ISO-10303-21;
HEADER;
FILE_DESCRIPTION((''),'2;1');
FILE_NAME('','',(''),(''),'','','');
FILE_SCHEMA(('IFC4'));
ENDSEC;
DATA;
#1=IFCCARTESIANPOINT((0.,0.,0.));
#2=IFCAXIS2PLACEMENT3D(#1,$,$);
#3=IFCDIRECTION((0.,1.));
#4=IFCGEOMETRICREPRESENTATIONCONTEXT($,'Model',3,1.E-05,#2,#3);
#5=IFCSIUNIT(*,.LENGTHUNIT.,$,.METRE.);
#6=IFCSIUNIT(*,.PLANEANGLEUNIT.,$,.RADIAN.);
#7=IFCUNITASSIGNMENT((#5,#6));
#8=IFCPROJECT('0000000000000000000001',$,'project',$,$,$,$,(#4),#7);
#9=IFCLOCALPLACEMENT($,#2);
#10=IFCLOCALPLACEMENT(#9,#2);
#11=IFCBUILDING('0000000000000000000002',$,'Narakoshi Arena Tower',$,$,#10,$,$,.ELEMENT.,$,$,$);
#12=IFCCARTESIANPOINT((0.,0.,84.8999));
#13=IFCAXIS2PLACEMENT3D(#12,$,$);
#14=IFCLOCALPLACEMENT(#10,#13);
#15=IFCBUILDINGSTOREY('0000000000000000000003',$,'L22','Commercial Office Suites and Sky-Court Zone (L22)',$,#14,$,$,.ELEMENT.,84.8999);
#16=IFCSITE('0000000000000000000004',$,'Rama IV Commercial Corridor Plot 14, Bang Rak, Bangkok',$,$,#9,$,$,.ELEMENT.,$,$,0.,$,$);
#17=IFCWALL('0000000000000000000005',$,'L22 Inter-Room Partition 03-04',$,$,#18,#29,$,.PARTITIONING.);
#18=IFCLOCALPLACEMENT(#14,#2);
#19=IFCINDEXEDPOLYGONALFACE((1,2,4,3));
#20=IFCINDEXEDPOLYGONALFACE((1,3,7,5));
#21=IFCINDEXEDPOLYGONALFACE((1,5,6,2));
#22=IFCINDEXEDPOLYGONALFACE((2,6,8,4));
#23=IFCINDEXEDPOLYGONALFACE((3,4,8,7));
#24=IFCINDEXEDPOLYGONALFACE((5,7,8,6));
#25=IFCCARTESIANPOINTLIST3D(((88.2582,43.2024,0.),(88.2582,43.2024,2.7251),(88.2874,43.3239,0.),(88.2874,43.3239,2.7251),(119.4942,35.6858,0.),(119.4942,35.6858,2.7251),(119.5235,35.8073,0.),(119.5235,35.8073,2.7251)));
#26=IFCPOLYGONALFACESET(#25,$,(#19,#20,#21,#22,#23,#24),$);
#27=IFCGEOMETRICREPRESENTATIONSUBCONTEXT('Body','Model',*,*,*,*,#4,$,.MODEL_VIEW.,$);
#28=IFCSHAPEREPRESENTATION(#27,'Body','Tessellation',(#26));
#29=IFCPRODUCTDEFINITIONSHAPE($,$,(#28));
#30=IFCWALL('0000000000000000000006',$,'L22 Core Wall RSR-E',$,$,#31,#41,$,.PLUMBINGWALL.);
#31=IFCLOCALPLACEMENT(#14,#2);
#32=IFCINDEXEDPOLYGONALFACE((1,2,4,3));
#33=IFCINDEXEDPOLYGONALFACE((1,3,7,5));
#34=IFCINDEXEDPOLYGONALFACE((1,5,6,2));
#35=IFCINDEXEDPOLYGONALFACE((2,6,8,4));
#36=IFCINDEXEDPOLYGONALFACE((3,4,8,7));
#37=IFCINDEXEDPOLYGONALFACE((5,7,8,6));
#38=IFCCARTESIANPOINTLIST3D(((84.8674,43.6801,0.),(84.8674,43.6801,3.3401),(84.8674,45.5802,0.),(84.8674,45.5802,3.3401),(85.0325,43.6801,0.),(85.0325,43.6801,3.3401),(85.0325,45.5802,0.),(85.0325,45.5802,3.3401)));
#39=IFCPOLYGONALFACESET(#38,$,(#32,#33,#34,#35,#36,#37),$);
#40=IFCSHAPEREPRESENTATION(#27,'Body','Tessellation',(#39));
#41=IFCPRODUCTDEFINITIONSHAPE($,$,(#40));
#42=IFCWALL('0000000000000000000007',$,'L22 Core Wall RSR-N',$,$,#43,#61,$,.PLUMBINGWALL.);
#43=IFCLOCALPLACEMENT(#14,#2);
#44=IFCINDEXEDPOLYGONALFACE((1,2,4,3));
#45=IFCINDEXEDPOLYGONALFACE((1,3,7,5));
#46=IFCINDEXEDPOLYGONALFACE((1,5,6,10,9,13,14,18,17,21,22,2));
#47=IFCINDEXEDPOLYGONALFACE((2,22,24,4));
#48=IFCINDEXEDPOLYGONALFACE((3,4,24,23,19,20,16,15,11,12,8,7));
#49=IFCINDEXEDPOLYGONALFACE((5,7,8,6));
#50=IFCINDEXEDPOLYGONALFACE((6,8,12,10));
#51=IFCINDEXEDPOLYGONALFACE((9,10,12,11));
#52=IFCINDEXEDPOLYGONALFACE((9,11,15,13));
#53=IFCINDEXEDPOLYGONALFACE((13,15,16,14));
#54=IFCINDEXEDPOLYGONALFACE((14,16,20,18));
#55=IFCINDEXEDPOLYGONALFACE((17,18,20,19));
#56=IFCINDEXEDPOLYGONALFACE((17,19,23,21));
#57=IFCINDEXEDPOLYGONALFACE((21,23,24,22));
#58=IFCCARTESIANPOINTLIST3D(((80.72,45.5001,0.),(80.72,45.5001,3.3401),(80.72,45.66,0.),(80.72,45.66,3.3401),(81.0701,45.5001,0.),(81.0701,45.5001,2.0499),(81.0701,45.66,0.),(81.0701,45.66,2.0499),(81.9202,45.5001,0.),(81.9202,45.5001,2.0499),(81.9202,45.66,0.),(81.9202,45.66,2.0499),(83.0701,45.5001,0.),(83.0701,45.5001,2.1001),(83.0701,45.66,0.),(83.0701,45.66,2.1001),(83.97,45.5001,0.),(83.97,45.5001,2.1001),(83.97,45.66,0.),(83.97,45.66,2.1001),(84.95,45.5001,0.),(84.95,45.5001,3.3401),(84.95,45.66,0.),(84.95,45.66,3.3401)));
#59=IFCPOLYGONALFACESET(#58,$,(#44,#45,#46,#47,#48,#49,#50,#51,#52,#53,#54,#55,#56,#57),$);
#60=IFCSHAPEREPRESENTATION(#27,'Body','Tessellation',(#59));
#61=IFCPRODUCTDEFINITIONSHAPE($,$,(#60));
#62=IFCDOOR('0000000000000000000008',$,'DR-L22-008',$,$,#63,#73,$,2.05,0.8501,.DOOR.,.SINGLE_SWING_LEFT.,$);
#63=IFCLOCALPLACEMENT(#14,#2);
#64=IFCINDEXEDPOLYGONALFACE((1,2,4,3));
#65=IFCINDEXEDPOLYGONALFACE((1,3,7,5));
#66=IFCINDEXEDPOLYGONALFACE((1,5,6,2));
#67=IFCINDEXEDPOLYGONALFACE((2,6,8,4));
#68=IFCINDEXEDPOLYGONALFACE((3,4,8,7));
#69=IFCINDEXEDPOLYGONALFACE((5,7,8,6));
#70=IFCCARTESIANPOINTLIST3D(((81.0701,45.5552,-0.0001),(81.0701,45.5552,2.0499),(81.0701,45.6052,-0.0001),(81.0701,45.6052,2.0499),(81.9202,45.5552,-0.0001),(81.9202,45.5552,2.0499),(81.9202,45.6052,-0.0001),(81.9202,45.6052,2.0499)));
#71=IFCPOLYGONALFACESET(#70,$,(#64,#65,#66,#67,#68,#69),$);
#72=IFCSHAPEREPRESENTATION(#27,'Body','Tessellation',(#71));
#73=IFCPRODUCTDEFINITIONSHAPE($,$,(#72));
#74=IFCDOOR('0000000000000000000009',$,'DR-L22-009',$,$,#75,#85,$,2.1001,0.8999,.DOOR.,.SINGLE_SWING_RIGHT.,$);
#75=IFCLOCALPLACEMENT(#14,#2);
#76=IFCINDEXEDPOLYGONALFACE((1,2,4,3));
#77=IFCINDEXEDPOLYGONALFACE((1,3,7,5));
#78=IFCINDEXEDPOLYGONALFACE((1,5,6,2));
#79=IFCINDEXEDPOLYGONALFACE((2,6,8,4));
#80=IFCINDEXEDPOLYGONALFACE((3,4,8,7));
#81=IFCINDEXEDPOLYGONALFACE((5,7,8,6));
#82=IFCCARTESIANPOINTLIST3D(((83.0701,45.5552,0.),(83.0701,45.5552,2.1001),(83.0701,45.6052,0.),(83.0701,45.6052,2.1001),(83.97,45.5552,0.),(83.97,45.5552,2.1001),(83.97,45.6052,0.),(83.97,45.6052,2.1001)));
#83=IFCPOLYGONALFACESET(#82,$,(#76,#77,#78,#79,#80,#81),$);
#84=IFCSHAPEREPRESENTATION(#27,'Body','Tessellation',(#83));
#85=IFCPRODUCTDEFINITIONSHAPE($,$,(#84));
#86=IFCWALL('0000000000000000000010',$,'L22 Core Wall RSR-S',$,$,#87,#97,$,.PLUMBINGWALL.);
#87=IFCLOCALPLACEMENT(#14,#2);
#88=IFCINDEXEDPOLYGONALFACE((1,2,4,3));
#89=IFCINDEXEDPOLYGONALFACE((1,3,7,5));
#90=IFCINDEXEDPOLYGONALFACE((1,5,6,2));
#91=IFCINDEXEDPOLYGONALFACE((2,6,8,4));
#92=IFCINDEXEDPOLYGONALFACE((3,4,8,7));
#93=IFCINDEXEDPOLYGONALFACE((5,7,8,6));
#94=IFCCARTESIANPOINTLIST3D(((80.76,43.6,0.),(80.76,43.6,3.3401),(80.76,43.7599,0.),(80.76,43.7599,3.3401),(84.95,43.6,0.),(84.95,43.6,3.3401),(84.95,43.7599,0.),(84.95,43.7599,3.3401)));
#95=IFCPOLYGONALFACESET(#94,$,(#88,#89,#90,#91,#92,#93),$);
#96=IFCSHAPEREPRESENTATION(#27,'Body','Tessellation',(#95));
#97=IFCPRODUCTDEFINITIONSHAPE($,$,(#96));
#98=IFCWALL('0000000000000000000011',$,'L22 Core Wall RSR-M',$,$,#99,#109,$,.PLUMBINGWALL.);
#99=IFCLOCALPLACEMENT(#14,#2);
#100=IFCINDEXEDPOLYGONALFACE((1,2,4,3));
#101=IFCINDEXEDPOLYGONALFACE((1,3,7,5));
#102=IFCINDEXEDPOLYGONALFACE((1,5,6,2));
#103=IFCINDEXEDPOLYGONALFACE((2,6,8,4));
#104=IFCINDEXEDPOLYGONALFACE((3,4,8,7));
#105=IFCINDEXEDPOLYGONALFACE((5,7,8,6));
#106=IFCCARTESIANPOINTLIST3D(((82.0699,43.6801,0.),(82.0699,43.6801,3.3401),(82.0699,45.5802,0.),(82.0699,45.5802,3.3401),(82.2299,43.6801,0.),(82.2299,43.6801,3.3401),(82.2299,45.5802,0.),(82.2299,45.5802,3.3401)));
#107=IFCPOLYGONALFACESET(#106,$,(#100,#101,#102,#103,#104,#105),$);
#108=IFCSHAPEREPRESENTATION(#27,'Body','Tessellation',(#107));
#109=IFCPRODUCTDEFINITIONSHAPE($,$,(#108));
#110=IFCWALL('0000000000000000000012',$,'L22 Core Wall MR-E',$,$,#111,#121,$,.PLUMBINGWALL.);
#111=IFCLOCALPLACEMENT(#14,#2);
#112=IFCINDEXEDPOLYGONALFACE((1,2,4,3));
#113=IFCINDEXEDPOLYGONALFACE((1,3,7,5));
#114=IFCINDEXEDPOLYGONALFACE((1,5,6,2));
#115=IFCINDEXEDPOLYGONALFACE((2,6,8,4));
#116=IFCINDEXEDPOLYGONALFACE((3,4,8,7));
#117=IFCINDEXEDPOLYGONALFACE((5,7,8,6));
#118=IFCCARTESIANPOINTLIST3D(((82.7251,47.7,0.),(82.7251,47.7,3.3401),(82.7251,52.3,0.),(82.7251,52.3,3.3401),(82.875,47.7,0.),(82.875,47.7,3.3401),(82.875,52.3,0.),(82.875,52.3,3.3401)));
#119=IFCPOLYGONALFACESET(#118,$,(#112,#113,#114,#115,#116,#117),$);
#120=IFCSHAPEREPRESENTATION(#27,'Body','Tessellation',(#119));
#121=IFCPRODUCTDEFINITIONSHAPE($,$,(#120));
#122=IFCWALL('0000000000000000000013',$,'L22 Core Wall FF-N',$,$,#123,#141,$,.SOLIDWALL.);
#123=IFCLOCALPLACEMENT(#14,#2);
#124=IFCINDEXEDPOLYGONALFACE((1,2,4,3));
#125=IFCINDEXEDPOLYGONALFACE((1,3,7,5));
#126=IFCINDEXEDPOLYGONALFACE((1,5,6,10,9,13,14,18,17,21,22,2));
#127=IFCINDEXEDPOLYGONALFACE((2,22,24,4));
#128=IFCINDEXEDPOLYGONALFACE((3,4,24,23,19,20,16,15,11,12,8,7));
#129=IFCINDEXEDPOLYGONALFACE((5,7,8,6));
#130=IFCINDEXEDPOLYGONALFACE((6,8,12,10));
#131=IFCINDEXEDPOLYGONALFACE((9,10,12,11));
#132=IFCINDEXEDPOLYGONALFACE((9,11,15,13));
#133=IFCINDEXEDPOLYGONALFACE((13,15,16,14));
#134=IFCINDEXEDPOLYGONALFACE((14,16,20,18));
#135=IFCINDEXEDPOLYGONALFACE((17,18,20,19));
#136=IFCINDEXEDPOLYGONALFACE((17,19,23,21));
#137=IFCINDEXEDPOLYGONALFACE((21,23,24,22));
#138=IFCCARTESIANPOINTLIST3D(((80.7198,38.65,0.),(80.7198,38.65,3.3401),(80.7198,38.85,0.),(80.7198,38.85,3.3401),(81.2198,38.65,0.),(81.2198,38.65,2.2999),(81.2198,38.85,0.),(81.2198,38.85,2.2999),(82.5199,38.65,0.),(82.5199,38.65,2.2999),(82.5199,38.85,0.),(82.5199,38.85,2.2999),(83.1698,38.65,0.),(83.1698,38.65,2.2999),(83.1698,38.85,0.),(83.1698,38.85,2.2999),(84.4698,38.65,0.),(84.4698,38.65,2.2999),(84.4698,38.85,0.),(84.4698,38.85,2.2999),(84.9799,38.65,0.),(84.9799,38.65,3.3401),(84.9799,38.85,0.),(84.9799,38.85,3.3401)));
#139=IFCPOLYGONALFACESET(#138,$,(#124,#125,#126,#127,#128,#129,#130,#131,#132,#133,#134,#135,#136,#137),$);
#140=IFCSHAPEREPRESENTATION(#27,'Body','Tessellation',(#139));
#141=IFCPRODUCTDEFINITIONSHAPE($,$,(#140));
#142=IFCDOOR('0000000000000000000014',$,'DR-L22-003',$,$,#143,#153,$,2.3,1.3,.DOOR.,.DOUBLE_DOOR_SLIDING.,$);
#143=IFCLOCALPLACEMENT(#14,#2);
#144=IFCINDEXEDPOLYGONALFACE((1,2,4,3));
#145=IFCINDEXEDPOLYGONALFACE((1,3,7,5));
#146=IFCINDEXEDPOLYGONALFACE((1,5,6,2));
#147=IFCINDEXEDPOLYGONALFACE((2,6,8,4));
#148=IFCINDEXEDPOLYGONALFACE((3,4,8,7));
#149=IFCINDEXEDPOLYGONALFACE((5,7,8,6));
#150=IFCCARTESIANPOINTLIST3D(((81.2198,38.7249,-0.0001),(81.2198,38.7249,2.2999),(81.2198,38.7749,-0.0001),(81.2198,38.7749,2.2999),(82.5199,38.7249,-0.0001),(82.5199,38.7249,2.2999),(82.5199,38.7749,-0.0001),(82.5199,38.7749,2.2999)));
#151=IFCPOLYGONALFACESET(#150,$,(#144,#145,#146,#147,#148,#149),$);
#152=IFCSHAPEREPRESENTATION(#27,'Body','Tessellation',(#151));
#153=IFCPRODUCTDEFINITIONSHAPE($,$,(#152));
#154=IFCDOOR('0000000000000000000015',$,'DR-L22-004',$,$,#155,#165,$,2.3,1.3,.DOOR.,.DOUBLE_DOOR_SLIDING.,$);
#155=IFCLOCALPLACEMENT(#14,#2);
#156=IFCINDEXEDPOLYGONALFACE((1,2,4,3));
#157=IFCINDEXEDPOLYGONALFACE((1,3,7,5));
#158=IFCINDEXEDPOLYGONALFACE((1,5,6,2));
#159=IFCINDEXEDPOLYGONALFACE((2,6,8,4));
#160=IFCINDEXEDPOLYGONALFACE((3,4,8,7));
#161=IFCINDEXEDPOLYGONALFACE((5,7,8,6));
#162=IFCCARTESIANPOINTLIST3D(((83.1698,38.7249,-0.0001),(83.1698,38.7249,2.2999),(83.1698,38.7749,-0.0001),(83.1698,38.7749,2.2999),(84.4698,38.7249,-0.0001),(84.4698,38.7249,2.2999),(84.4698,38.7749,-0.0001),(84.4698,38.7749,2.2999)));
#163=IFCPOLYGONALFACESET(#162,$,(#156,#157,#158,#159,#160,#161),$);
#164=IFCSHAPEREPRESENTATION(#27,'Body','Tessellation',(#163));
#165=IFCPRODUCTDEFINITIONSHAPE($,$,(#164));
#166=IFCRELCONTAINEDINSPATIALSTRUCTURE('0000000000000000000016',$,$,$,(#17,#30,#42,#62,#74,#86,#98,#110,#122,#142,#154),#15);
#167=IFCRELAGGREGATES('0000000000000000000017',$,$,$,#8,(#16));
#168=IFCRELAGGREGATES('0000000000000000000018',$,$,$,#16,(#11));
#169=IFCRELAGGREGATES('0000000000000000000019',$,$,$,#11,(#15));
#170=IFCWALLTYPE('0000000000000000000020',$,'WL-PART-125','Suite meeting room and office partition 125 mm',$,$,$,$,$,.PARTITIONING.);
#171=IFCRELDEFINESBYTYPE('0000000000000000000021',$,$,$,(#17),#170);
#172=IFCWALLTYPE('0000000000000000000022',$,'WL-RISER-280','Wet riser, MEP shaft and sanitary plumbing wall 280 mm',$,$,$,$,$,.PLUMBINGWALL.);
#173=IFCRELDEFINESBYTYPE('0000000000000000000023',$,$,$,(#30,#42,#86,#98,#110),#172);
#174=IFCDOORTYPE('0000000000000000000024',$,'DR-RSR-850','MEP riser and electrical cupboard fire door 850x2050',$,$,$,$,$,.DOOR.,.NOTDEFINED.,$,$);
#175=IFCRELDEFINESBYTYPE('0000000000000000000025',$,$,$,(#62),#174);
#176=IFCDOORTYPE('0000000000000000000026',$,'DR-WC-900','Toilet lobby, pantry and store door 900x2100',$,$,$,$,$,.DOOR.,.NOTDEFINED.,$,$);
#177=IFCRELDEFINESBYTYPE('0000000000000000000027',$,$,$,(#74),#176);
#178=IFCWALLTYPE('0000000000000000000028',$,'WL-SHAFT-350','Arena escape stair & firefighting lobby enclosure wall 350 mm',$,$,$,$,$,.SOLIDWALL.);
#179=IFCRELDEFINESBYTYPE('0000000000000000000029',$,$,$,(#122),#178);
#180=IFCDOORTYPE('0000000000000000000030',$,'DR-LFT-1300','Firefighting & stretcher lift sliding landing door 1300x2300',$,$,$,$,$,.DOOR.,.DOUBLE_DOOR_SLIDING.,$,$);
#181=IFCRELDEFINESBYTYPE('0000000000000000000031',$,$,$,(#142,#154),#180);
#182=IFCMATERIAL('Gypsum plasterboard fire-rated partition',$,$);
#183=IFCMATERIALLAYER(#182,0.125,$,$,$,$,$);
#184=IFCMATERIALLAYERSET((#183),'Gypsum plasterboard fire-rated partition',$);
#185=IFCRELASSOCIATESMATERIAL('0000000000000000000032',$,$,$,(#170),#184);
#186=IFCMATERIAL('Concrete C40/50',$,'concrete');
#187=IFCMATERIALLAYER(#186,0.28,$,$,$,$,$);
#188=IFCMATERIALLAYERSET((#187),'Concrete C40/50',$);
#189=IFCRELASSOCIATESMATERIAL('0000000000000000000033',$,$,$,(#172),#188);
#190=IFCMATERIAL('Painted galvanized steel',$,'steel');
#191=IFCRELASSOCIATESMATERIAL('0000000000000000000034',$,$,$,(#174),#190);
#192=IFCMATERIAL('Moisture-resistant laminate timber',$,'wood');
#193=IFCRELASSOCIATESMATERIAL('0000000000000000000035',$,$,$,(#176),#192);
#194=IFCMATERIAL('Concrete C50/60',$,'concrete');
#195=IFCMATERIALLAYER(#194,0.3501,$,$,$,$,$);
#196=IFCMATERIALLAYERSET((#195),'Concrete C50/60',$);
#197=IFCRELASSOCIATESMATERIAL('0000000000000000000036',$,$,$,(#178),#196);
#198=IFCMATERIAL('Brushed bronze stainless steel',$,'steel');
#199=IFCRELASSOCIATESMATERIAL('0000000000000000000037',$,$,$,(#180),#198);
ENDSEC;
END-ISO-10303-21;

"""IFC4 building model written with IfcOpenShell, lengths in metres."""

from ifc_helpers import new_model, si_unit, direction, frame, frame_2d, origin, place, context, subcontext, project, spatial, rectangle, extrude, material, layer, layer_set, type_object, element, fill, save


model = new_model("IFC4")

# Units and contexts
model_context = context("Model", 3, precision=1e-05, world=origin(), true_north=direction((0.0, 1.0)))
body_context = subcontext(model_context, "Body", "Model", "MODEL_VIEW")
ifc_project = project(units=[si_unit("LENGTHUNIT", "METRE"), si_unit("PLANEANGLEUNIT", "RADIAN")], contexts=[model_context])

# Site, building, storey
site_placement = place(None, origin())
site = spatial("IfcSite", under=ifc_project, at=site_placement, Name="Rama IV Commercial Corridor Plot 14, Bang Rak, Bangkok", CompositionType="ELEMENT", RefElevation=0.0)
building_placement = place(site_placement, origin())
building = spatial("IfcBuilding", under=site, at=building_placement, Name="Narakoshi Arena Tower", CompositionType="ELEMENT")
storey_placement = place(building_placement, frame((0.0, 0.0, 84.8999)))
storey = spatial("IfcBuildingStorey", under=building, at=storey_placement, Name="L22", Description="Commercial Office Suites and Sky-Court Zone (L22)", CompositionType="ELEMENT", Elevation=84.8999)

# Shared definitions
ifc_material_1 = material(Name="Gypsum plasterboard fire-rated partition")

# Walls
ifc_layer_1 = layer(ifc_material_1, 0.125)
ifc_layer_set_1 = layer_set([ifc_layer_1], Name="Gypsum plasterboard fire-rated partition")
wall_type_1 = type_object("IfcWallType", Name="WL-PART-125", Description="Suite meeting room and office partition 125 mm", PredefinedType="PARTITIONING", material=ifc_layer_set_1)
wall_1_placement = place(storey_placement, frame((88.2727, 43.2632, 0.0), z_axis=(0.0, 0.0, 1.0), x_axis=(0.972246, -0.23396, 0.0)))
element("IfcWall", 1, at=wall_1_placement, inside=storey, type_object=wall_type_1, Name="L22 Inter-Room Partition 03-04", PredefinedType="PARTITIONING", context=body_context, shape_type="SweptSolid", body=[
    extrude(rectangle(XDim=32.1277, YDim=0.125, at=frame_2d((16.064, 0.0))), origin(), (0.0, 0.0, 1.0), 2.7251),
])
ifc_material_2 = material(Name="Concrete C40/50", Category="concrete")
ifc_layer_2 = layer(ifc_material_2, 0.28)
ifc_layer_set_2 = layer_set([ifc_layer_2], Name="Concrete C40/50")
wall_type_2 = type_object("IfcWallType", Name="WL-RISER-280", Description="Wet riser, MEP shaft and sanitary plumbing wall 280 mm", PredefinedType="PLUMBINGWALL", material=ifc_layer_set_2)
wall_2_placement = place(storey_placement, frame((84.95, 43.6799, 0.0), z_axis=(0.0, 0.0, 1.0), x_axis=(0.0, 1.0, 0.0)))
element("IfcWall", 2, at=wall_2_placement, inside=storey, type_object=wall_type_2, Name="L22 Core Wall RSR-E", PredefinedType="PLUMBINGWALL", context=body_context, shape_type="SweptSolid", body=[
    extrude(rectangle(XDim=1.9001, YDim=0.165, at=frame_2d((0.9502, 0.0))), origin(), (0.0, 0.0, 1.0), 3.3401),
])

# Wall, openings, doors
wall_3_placement = place(storey_placement, frame((80.72, 45.5801, 0.0), z_axis=(0.0, 0.0, 1.0), x_axis=(1.0, 0.0, 0.0)))
wall_3 = element("IfcWall", 3, at=wall_3_placement, inside=storey, type_object=wall_type_2, Name="L22 Core Wall RSR-N", PredefinedType="PLUMBINGWALL", context=body_context, shape_type="SweptSolid", body=[
    extrude(rectangle(XDim=4.23, YDim=0.1599, at=frame_2d((2.115, 0.0))), origin(), (0.0, 0.0, 1.0), 3.3401),
])
opening_1_placement = place(wall_3_placement, frame((0.3501, 0.0, 0.0)))
opening_1 = element("IfcOpeningElement", 4, at=opening_1_placement, cuts=wall_3, PredefinedType="OPENING", context=body_context, shape_type="SweptSolid", body=[
    extrude(rectangle(XDim=0.8501, YDim=2.05, at=frame_2d((0.425, 1.0249))), frame((0.0, 0.0898, 0.0), z_axis=(0.0, -1.0, 0.0), x_axis=(1.0, 0.0, 0.0)), (0.0, 0.0, 1.0), 0.1799),
])
opening_2_placement = place(wall_3_placement, frame((2.3501, 0.0, 0.0)))
opening_2 = element("IfcOpeningElement", 5, at=opening_2_placement, cuts=wall_3, PredefinedType="OPENING", context=body_context, shape_type="SweptSolid", body=[
    extrude(rectangle(XDim=0.8999, YDim=2.1001, at=frame_2d((0.45, 1.05))), frame((0.0, 0.0898, 0.0), z_axis=(0.0, -1.0, 0.0), x_axis=(1.0, 0.0, 0.0)), (0.0, 0.0, 1.0), 0.1799),
])
ifc_material_3 = material(Name="Painted galvanized steel", Category="steel")
door_type_1 = type_object("IfcDoorType", Name="DR-RSR-850", Description="MEP riser and electrical cupboard fire door 850x2050", OperationType="NOTDEFINED", PredefinedType="DOOR", material=ifc_material_3)
door_1_placement = place(opening_1_placement, frame((0.8501, 0.0, 0.0), z_axis=(0.0, 0.0, 1.0), x_axis=(-1.0, 0.0, 0.0)))
door_1 = element("IfcDoor", 6, at=door_1_placement, inside=storey, type_object=door_type_1, Name="DR-L22-008", OperationType="SINGLE_SWING_LEFT", OverallHeight=2.05, OverallWidth=0.8501, PredefinedType="DOOR", context=body_context, shape_type="SweptSolid", body=[
    extrude(rectangle(XDim=0.8501, YDim=2.05, at=frame_2d((0.425, 1.0249))), frame((0.0, 0.0249, 0.0), z_axis=(0.0, -1.0, 0.0), x_axis=(1.0, 0.0, 0.0)), (0.0, 0.0, 1.0), 0.05),
])
fill(opening_1, door_1)
ifc_material_4 = material(Name="Moisture-resistant laminate timber", Category="wood")
door_type_2 = type_object("IfcDoorType", Name="DR-WC-900", Description="Toilet lobby, pantry and store door 900x2100", OperationType="NOTDEFINED", PredefinedType="DOOR", material=ifc_material_4)
door_2_placement = place(opening_2_placement, frame((0.8999, 0.0, 0.0), z_axis=(0.0, 0.0, 1.0), x_axis=(-1.0, 0.0, 0.0)))
door_2 = element("IfcDoor", 7, at=door_2_placement, inside=storey, type_object=door_type_2, Name="DR-L22-009", OperationType="SINGLE_SWING_RIGHT", OverallHeight=2.1001, OverallWidth=0.8999, PredefinedType="DOOR", context=body_context, shape_type="SweptSolid", body=[
    extrude(rectangle(XDim=0.8999, YDim=2.1001, at=frame_2d((0.45, 1.05))), frame((0.0, 0.0249, 0.0), z_axis=(0.0, -1.0, 0.0), x_axis=(1.0, 0.0, 0.0)), (0.0, 0.0, 1.0), 0.05),
])
fill(opening_2, door_2)

# Walls
wall_4_placement = place(storey_placement, frame((80.76, 43.6799, 0.0), z_axis=(0.0, 0.0, 1.0), x_axis=(1.0, 0.0, 0.0)))
element("IfcWall", 8, at=wall_4_placement, inside=storey, type_object=wall_type_2, Name="L22 Core Wall RSR-S", PredefinedType="PLUMBINGWALL", context=body_context, shape_type="SweptSolid", body=[
    extrude(rectangle(XDim=4.1899, YDim=0.1599, at=frame_2d((2.095, 0.0))), origin(), (0.0, 0.0, 1.0), 3.3401),
])
wall_5_placement = place(storey_placement, frame((82.1499, 43.6799, 0.0), z_axis=(0.0, 0.0, 1.0), x_axis=(0.0, 1.0, 0.0)))
element("IfcWall", 9, at=wall_5_placement, inside=storey, type_object=wall_type_2, Name="L22 Core Wall RSR-M", PredefinedType="PLUMBINGWALL", context=body_context, shape_type="SweptSolid", body=[
    extrude(rectangle(XDim=1.9001, YDim=0.1599, at=frame_2d((0.9502, 0.0))), origin(), (0.0, 0.0, 1.0), 3.3401),
])
wall_6_placement = place(storey_placement, frame((82.8, 47.7, 0.0), z_axis=(0.0, 0.0, 1.0), x_axis=(0.0, 1.0, 0.0)))
element("IfcWall", 10, at=wall_6_placement, inside=storey, type_object=wall_type_2, Name="L22 Core Wall MR-E", PredefinedType="PLUMBINGWALL", context=body_context, shape_type="SweptSolid", body=[
    extrude(rectangle(XDim=4.6001, YDim=0.1499, at=frame_2d((2.3, 0.0))), origin(), (0.0, 0.0, 1.0), 3.3401),
])

# Wall, openings, doors
ifc_material_5 = material(Name="Concrete C50/60", Category="concrete")
ifc_layer_3 = layer(ifc_material_5, 0.3501)
ifc_layer_set_3 = layer_set([ifc_layer_3], Name="Concrete C50/60")
wall_type_3 = type_object("IfcWallType", Name="WL-SHAFT-350", Description="Arena escape stair & firefighting lobby enclosure wall 350 mm", PredefinedType="SOLIDWALL", material=ifc_layer_set_3)
wall_7_placement = place(storey_placement, frame((80.72, 38.75, 0.0), z_axis=(0.0, 0.0, 1.0), x_axis=(1.0, 0.0, 0.0)))
wall_7 = element("IfcWall", 11, at=wall_7_placement, inside=storey, type_object=wall_type_3, Name="L22 Core Wall FF-N", PredefinedType="SOLIDWALL", context=body_context, shape_type="SweptSolid", body=[
    extrude(rectangle(XDim=4.26, YDim=0.2, at=frame_2d((2.1299, 0.0))), origin(), (0.0, 0.0, 1.0), 3.3401),
])
opening_3_placement = place(wall_7_placement, frame((0.5, 0.0, 0.0)))
opening_3 = element("IfcOpeningElement", 12, at=opening_3_placement, cuts=wall_7, PredefinedType="OPENING", context=body_context, shape_type="SweptSolid", body=[
    extrude(rectangle(XDim=1.3, YDim=2.3, at=frame_2d((0.6499, 1.1499))), frame((0.0, 0.1099, 0.0), z_axis=(0.0, -1.0, 0.0), x_axis=(1.0, 0.0, 0.0)), (0.0, 0.0, 1.0), 0.22),
])
opening_4_placement = place(wall_7_placement, frame((2.45, 0.0, 0.0)))
opening_4 = element("IfcOpeningElement", 13, at=opening_4_placement, cuts=wall_7, PredefinedType="OPENING", context=body_context, shape_type="SweptSolid", body=[
    extrude(rectangle(XDim=1.3, YDim=2.3, at=frame_2d((0.6499, 1.1499))), frame((0.0, 0.1099, 0.0), z_axis=(0.0, -1.0, 0.0), x_axis=(1.0, 0.0, 0.0)), (0.0, 0.0, 1.0), 0.22),
])
ifc_material_6 = material(Name="Brushed bronze stainless steel", Category="steel")
door_type_3 = type_object("IfcDoorType", Name="DR-LFT-1300", Description="Firefighting & stretcher lift sliding landing door 1300x2300", OperationType="DOUBLE_DOOR_SLIDING", PredefinedType="DOOR", material=ifc_material_6)
door_3_placement = place(opening_3_placement, origin())
door_3 = element("IfcDoor", 14, at=door_3_placement, inside=storey, type_object=door_type_3, Name="DR-L22-003", OperationType="DOUBLE_DOOR_SLIDING", OverallHeight=2.3, OverallWidth=1.3, PredefinedType="DOOR", context=body_context, shape_type="SweptSolid", body=[
    extrude(rectangle(XDim=1.3, YDim=2.3, at=frame_2d((0.6499, 1.1499))), frame((0.0, 0.0249, 0.0), z_axis=(0.0, -1.0, 0.0), x_axis=(1.0, 0.0, 0.0)), (0.0, 0.0, 1.0), 0.05),
])
fill(opening_3, door_3)
door_4_placement = place(opening_4_placement, origin())
door_4 = element("IfcDoor", 15, at=door_4_placement, inside=storey, type_object=door_type_3, Name="DR-L22-004", OperationType="DOUBLE_DOOR_SLIDING", OverallHeight=2.3, OverallWidth=1.3, PredefinedType="DOOR", context=body_context, shape_type="SweptSolid", body=[
    extrude(rectangle(XDim=1.3, YDim=2.3, at=frame_2d((0.6499, 1.1499))), frame((0.0, 0.0249, 0.0), z_axis=(0.0, -1.0, 0.0), x_axis=(1.0, 0.0, 0.0)), (0.0, 0.0, 1.0), 0.05),
])
fill(opening_4, door_4)

save(model, "model.ifc")
